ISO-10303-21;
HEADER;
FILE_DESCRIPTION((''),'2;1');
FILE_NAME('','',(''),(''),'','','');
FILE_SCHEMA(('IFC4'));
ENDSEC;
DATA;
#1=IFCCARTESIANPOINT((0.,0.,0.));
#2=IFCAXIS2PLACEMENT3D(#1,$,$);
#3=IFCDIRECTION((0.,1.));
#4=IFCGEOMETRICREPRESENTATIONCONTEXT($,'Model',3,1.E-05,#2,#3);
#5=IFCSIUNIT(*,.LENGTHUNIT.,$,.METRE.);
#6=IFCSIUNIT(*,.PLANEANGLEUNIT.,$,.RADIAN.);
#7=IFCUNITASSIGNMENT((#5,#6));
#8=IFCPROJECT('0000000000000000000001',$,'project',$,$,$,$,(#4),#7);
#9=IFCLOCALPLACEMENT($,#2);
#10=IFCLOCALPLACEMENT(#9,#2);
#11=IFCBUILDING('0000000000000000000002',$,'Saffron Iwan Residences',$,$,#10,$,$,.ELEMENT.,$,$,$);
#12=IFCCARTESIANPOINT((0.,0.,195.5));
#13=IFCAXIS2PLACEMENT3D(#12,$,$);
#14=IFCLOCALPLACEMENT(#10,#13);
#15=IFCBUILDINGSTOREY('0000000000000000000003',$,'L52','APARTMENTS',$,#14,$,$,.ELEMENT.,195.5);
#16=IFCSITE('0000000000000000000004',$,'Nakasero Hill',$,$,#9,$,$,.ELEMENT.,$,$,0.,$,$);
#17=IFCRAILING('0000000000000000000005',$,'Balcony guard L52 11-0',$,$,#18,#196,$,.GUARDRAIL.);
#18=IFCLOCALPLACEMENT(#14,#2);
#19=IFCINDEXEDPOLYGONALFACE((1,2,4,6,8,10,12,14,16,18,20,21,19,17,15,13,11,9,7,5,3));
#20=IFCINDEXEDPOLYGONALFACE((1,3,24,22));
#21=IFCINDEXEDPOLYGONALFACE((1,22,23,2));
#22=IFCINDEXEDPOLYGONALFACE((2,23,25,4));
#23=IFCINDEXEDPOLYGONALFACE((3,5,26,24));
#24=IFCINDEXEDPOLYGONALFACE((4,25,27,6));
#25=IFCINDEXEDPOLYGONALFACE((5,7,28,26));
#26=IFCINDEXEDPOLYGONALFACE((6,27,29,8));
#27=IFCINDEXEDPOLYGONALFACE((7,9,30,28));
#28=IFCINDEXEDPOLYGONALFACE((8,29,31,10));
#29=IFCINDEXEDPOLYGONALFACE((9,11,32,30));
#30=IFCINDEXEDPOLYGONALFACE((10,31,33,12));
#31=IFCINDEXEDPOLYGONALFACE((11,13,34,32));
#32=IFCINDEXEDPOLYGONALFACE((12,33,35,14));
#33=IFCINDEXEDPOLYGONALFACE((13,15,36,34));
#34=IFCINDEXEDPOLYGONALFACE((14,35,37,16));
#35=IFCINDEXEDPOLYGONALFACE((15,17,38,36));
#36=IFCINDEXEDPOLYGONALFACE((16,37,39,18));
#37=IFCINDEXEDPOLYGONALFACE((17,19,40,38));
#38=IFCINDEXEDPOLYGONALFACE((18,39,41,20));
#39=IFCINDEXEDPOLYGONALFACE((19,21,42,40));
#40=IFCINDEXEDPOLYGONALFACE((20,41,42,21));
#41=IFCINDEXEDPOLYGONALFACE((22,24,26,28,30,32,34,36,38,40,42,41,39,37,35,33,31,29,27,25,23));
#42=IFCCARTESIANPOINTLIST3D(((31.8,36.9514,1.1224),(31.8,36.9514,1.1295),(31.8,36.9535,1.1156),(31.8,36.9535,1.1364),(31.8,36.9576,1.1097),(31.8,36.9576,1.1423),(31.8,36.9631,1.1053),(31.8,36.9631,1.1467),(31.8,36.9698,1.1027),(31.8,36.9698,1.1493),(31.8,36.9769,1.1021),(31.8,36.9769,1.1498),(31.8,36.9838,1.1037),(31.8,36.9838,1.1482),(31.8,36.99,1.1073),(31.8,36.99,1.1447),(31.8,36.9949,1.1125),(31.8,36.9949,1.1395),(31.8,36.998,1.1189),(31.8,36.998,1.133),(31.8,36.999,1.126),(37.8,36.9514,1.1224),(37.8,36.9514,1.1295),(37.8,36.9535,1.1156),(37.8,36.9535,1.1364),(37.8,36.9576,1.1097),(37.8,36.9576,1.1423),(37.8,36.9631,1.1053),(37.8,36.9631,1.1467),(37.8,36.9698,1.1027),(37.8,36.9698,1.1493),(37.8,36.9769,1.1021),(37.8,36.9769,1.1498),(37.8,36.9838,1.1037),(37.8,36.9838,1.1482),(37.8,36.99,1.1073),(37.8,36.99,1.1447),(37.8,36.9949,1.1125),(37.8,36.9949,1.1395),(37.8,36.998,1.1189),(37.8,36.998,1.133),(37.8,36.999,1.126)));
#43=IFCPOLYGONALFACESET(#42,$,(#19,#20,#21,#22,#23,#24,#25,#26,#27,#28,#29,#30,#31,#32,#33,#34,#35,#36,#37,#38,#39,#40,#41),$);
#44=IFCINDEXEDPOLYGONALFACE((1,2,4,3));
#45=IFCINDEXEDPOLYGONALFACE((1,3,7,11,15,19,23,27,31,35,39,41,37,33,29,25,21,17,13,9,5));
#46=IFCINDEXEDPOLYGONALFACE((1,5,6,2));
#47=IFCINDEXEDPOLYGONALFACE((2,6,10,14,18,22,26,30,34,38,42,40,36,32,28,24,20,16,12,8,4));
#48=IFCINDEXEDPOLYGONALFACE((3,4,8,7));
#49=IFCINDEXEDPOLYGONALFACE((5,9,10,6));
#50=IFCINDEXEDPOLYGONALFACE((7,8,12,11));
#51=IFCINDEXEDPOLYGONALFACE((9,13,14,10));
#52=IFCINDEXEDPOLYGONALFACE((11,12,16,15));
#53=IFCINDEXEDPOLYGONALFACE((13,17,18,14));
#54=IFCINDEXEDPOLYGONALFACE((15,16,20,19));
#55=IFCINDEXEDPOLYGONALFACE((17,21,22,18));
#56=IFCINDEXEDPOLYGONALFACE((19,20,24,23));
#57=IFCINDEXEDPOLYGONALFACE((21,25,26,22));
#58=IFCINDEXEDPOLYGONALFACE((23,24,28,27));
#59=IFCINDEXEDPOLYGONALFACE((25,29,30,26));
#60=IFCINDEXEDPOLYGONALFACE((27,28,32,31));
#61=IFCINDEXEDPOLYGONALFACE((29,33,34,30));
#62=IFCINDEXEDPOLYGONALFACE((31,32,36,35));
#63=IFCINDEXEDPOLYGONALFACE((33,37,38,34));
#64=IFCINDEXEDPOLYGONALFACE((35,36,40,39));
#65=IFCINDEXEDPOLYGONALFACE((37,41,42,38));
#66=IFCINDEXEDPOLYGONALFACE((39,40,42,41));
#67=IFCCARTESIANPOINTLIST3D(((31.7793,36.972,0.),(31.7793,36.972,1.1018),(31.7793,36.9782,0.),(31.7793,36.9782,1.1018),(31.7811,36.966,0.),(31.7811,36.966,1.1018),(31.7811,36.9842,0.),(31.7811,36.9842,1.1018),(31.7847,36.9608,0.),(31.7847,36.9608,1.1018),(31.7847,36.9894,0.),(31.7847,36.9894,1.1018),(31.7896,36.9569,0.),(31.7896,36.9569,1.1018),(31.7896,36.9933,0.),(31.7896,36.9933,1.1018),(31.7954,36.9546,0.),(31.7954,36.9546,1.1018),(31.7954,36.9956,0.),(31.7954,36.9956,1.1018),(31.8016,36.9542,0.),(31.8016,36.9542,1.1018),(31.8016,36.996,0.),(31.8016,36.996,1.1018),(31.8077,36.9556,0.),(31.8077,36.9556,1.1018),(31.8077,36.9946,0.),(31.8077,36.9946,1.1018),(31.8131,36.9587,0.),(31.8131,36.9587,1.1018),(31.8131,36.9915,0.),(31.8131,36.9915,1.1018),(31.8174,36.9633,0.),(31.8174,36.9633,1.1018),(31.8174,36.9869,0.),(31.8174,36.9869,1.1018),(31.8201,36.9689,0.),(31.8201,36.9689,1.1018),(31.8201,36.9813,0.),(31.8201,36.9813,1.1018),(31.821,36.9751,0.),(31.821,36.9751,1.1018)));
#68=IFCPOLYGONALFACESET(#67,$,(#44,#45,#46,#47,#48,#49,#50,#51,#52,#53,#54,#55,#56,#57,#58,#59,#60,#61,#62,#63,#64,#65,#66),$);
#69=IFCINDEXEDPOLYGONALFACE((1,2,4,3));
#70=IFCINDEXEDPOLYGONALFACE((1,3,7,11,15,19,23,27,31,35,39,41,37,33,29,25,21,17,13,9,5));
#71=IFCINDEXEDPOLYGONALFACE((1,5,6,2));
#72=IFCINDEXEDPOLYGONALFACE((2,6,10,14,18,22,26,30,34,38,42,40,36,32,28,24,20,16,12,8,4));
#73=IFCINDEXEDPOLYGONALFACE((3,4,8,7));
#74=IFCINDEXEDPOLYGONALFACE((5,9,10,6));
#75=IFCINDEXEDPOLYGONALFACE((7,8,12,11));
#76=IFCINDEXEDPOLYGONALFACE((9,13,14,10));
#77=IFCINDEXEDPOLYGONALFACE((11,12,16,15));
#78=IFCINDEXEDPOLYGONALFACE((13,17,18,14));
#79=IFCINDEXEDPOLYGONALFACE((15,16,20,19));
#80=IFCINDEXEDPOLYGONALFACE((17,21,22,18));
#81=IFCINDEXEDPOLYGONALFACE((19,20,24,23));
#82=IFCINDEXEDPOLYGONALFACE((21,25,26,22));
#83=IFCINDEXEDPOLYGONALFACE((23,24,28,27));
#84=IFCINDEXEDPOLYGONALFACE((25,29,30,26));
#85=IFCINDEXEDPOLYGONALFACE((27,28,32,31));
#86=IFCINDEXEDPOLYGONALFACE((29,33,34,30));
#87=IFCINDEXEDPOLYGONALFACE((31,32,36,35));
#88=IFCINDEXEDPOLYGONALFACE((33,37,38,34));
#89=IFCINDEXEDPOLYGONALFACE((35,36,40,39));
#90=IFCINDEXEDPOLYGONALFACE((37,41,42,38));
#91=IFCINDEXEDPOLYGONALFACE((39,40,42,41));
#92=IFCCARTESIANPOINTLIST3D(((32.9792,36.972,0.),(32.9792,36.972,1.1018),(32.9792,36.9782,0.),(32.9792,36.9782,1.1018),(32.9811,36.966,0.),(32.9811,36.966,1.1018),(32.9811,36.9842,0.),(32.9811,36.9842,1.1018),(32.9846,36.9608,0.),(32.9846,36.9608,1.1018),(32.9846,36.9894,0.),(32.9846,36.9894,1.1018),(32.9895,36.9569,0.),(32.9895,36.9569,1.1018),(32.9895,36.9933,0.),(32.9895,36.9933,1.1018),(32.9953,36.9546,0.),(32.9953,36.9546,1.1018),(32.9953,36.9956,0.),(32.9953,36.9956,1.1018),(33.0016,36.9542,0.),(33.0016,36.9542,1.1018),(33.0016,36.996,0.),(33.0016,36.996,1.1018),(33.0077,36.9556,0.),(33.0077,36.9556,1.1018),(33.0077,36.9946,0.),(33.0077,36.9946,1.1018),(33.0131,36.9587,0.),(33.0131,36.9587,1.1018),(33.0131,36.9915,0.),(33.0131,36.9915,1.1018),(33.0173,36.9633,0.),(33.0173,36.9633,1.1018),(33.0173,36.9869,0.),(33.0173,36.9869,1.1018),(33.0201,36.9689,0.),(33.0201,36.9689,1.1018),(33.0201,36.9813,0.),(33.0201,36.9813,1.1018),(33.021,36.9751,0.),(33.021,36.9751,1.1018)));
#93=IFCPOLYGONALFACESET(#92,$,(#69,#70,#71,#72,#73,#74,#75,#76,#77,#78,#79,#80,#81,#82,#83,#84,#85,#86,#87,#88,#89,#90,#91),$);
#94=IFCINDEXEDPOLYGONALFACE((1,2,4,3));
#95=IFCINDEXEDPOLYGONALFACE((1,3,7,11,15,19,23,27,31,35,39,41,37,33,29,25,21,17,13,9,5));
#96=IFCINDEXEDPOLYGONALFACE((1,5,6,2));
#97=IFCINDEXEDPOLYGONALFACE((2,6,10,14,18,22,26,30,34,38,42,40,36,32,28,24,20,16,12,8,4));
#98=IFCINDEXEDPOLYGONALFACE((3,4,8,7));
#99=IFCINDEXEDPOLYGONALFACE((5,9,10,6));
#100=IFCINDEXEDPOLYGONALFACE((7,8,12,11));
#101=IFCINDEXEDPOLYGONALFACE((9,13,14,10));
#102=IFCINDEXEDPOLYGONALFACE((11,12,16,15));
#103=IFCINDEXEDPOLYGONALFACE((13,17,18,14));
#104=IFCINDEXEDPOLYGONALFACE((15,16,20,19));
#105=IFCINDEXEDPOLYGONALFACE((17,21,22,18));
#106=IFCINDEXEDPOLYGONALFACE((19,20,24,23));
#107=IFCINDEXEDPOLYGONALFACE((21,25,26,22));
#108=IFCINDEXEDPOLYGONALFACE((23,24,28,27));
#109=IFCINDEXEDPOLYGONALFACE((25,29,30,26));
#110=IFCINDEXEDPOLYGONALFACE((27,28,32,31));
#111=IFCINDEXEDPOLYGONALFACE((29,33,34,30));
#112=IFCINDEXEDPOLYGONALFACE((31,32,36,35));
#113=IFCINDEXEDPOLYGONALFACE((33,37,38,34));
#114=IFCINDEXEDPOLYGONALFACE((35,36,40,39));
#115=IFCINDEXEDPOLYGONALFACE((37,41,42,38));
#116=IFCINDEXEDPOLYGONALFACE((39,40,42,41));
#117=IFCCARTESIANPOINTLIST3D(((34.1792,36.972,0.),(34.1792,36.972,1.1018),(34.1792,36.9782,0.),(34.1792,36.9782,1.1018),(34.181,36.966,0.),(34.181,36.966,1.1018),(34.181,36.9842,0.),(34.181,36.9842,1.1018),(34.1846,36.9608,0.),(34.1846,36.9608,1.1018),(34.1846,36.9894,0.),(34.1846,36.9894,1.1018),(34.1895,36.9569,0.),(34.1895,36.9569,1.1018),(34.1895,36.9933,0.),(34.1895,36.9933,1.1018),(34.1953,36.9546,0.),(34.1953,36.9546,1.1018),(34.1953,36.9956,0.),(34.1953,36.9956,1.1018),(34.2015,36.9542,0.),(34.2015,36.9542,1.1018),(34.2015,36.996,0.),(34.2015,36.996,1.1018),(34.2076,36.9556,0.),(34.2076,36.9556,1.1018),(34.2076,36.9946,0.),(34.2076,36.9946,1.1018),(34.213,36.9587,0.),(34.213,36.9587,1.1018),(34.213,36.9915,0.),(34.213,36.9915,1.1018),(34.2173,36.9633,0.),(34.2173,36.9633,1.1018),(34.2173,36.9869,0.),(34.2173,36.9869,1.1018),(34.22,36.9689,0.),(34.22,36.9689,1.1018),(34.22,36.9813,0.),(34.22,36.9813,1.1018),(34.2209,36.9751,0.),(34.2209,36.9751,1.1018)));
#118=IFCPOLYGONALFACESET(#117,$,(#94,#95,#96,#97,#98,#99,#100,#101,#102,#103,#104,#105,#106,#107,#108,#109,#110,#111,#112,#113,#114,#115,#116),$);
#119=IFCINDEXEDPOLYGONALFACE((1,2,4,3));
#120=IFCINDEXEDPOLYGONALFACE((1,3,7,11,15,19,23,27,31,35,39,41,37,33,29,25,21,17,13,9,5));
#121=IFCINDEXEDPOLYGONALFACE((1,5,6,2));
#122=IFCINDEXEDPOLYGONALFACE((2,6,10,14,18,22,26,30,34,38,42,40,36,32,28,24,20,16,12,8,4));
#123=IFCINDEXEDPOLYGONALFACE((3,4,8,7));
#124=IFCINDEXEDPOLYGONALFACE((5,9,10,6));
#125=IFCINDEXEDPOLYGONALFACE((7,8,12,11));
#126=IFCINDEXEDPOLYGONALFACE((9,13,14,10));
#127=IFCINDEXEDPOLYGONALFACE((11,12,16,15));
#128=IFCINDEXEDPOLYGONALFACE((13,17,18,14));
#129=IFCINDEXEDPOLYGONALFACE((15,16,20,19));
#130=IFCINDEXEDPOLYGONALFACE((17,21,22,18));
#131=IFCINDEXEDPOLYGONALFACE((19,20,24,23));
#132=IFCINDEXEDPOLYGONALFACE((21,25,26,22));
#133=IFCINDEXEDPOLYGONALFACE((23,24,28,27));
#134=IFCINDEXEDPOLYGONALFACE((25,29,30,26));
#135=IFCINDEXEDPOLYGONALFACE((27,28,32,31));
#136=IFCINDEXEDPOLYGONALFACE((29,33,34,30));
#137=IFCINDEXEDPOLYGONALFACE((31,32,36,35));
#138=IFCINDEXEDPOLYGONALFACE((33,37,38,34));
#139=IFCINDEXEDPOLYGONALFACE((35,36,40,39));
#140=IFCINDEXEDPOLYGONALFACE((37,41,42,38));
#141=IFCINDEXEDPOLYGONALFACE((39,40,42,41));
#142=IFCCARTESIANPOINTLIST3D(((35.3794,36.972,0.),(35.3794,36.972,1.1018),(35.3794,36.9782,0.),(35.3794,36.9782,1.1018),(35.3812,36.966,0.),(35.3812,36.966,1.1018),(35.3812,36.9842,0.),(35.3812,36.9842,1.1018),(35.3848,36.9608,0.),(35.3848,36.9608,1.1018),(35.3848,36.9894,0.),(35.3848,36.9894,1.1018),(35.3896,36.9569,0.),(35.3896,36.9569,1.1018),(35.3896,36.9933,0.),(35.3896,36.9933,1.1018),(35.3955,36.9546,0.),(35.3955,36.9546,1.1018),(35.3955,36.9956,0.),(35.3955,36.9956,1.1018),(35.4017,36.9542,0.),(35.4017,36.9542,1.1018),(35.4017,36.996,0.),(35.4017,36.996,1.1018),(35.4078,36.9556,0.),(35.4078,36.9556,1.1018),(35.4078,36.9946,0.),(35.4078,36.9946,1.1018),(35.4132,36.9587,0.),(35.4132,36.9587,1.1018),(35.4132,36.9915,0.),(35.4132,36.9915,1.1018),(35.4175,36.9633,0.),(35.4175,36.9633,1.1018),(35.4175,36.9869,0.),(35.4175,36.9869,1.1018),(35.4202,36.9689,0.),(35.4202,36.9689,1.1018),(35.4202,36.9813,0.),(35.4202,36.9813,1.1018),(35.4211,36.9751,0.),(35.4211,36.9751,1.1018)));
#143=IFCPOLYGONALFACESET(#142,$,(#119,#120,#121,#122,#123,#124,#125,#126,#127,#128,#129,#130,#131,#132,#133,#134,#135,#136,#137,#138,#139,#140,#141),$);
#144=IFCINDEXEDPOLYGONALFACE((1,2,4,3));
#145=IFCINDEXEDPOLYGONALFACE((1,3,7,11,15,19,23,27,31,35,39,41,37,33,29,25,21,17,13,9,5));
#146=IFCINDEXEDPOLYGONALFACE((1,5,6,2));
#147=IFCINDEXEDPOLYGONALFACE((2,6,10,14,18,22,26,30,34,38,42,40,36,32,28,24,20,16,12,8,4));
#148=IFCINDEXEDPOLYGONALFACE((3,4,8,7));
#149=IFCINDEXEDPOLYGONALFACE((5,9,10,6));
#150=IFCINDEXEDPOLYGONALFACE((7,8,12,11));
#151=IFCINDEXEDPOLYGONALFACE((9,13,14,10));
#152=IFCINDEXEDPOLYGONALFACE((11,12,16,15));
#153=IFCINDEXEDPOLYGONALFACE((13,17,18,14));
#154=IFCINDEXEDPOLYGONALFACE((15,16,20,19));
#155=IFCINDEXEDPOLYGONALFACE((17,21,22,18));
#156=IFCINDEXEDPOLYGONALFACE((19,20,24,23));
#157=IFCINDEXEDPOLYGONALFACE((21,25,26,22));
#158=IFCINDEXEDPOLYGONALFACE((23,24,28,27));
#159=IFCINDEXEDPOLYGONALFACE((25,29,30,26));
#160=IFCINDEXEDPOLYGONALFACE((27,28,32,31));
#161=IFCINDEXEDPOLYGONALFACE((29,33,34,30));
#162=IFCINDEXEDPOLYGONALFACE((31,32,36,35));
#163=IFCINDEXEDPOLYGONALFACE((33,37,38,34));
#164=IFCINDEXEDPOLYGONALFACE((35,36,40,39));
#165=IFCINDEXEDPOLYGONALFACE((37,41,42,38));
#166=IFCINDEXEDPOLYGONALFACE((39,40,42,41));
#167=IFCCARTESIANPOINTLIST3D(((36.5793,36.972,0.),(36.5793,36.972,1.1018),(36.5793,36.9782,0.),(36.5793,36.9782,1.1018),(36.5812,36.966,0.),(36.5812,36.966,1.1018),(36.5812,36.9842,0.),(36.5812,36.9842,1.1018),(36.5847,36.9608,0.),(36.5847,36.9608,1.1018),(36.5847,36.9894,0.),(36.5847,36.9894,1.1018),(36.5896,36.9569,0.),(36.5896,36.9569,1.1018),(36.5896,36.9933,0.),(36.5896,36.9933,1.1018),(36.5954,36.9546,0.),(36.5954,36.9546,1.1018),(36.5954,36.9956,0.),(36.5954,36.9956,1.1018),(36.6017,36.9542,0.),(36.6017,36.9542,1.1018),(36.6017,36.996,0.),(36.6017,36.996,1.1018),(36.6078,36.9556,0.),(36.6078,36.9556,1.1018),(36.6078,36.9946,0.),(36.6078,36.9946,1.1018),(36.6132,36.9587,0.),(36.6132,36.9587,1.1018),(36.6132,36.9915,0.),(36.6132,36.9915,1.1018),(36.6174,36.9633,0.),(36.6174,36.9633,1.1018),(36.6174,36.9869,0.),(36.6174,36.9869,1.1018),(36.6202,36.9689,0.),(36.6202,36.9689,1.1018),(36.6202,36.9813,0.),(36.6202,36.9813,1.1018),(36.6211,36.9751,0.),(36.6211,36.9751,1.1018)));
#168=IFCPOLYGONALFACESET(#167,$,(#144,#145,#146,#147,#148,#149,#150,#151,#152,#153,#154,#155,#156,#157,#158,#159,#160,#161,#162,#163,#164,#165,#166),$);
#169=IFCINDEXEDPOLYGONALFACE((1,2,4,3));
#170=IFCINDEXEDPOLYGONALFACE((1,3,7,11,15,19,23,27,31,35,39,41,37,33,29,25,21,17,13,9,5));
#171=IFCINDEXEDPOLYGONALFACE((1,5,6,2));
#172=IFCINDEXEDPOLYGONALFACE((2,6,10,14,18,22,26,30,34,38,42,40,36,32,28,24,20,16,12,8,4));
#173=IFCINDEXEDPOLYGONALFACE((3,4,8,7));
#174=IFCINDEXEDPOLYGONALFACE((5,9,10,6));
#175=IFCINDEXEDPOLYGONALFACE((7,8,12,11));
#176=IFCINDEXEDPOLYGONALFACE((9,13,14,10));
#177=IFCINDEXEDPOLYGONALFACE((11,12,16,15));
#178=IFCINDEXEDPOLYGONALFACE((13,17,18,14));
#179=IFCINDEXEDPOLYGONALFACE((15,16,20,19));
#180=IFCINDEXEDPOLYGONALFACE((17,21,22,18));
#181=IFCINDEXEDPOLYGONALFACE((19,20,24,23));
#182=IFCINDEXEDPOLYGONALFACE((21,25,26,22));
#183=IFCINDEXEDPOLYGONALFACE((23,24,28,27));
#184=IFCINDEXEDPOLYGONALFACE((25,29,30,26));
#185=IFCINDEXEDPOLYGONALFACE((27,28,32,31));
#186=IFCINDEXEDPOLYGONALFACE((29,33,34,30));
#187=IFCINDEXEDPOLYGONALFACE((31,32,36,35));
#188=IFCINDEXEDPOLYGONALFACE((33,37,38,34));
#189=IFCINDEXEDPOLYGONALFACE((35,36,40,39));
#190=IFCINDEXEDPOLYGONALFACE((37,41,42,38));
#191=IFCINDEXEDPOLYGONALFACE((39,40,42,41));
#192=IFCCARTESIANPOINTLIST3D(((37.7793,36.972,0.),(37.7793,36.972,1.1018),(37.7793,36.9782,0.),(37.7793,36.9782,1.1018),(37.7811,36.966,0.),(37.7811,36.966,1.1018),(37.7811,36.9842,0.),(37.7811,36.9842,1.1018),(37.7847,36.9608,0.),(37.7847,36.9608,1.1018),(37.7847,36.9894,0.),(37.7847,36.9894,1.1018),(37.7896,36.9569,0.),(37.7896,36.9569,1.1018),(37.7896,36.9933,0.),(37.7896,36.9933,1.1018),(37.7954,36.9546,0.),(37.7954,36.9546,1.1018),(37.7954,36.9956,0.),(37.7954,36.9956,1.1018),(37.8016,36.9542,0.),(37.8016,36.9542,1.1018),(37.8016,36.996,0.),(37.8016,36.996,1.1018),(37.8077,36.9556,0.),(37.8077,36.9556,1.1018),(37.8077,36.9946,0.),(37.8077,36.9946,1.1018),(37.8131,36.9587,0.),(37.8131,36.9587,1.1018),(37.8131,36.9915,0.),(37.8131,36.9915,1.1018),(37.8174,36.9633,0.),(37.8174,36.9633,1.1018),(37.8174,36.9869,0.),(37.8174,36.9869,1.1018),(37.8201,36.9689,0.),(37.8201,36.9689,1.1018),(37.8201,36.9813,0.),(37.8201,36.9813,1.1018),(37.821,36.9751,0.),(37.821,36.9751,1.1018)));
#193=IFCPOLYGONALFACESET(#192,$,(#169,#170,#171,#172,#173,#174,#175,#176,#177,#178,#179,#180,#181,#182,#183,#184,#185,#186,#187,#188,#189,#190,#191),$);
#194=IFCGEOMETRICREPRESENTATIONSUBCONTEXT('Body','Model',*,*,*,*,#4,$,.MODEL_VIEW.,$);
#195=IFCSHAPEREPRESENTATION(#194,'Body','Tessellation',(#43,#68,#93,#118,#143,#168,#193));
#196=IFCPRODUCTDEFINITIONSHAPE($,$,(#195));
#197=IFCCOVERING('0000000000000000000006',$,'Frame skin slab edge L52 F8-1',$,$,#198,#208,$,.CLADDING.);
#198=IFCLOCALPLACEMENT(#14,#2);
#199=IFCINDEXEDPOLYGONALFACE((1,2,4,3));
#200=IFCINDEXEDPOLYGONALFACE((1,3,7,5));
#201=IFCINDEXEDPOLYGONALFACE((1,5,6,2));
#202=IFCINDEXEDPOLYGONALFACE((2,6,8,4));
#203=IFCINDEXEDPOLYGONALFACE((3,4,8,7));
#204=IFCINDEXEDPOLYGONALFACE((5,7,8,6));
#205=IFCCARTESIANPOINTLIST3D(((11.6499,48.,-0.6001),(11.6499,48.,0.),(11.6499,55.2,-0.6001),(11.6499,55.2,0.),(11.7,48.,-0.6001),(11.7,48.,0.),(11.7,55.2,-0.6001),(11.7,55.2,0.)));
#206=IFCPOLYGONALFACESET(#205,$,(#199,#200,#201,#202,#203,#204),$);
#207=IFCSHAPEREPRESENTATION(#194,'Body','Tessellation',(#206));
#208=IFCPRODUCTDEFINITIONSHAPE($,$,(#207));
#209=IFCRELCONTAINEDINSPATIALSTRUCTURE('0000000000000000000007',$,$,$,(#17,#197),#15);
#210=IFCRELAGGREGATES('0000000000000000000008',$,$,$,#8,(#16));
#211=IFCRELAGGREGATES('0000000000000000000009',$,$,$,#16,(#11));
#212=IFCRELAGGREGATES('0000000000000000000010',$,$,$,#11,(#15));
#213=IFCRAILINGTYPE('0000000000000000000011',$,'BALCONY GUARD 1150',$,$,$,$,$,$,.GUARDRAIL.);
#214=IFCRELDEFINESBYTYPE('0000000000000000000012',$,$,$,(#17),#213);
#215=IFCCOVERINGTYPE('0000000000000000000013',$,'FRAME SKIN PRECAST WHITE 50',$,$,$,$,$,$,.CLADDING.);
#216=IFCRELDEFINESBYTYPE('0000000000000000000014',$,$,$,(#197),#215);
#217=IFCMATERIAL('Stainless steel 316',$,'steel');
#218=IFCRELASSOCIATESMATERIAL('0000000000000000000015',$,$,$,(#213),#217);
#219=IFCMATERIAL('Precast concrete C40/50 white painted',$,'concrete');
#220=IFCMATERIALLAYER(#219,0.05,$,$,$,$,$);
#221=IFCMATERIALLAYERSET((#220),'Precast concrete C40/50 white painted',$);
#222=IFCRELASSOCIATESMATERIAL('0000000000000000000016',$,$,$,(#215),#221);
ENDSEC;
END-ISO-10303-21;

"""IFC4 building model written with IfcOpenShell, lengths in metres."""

from ifc_helpers import new_model, si_unit, direction, frame, origin, origin_2d, place, context, subcontext, project, spatial, polyline, circle, outline, extrude, material, layer, layer_set, type_object, element, save


model = new_model("IFC4")

# Units and contexts
model_context = context("Model", 3, precision=1e-05, world=origin(), true_north=direction((0.0, 1.0)))
body_context = subcontext(model_context, "Body", "Model", "MODEL_VIEW")
ifc_project = project(units=[si_unit("LENGTHUNIT", "METRE"), si_unit("PLANEANGLEUNIT", "RADIAN")], contexts=[model_context])

# Site, building, storey
site_placement = place(None, origin())
site = spatial("IfcSite", under=ifc_project, at=site_placement, Name="Nakasero Hill", CompositionType="ELEMENT", RefElevation=0.0)
building_placement = place(site_placement, origin())
building = spatial("IfcBuilding", under=site, at=building_placement, Name="Saffron Iwan Residences", CompositionType="ELEMENT")
storey_placement = place(building_placement, frame((0.0, 0.0, 195.5)))
storey = spatial("IfcBuildingStorey", under=building, at=storey_placement, Name="L52", Description="APARTMENTS", CompositionType="ELEMENT", Elevation=195.5)

# Railing
ifc_material_1 = material(Name="Stainless steel 316", Category="steel")
railing_type = type_object("IfcRailingType", Name="BALCONY GUARD 1150", PredefinedType="GUARDRAIL", material=ifc_material_1)
railing_placement = place(storey_placement, frame((31.8, 36.9751, 0.0)))
element("IfcRailing", 1, at=railing_placement, inside=storey, type_object=railing_type, Name="Balcony guard L52 11-0", PredefinedType="GUARDRAIL", context=body_context, shape_type="SweptSolid", body=[
    extrude(circle(Radius=0.0239, at=origin_2d()), frame((0.0, 0.0, 1.126), z_axis=(1.0, 0.0, 0.0), x_axis=(0.0, 1.0, 0.0)), (0.0, 0.0, 1.0), 6.0),
    extrude(circle(Radius=0.021, at=origin_2d()), origin(), (0.0, 0.0, 1.0), 1.1018),
    extrude(circle(Radius=0.021, at=origin_2d()), frame((1.2, 0.0, 0.0)), (0.0, 0.0, 1.0), 1.1018),
    extrude(circle(Radius=0.021, at=origin_2d()), frame((2.3999, 0.0, 0.0)), (0.0, 0.0, 1.0), 1.1018),
    extrude(circle(Radius=0.021, at=origin_2d()), frame((3.6001, 0.0, 0.0)), (0.0, 0.0, 1.0), 1.1018),
    extrude(circle(Radius=0.021, at=origin_2d()), frame((4.8, 0.0, 0.0)), (0.0, 0.0, 1.0), 1.1018),
    extrude(circle(Radius=0.021, at=origin_2d()), frame((6.0, 0.0, 0.0)), (0.0, 0.0, 1.0), 1.1018),
])

# Covering
ifc_material_2 = material(Name="Precast concrete C40/50 white painted", Category="concrete")
ifc_layer_1 = layer(ifc_material_2, 0.05)
ifc_layer_set_1 = layer_set([ifc_layer_1], Name="Precast concrete C40/50 white painted")
covering_type = type_object("IfcCoveringType", Name="FRAME SKIN PRECAST WHITE 50", PredefinedType="CLADDING", material=ifc_layer_set_1)
for number, where, name in (
    (2, (0.0, 0.0, -0.6001), "Frame skin slab edge L52 F8-1"),
):
    element("IfcCovering", number, at=place(storey_placement, frame(where)), inside=storey, type_object=covering_type, Name=name, PredefinedType="CLADDING", context=body_context, shape_type="SweptSolid", body=[
        extrude(outline(polyline([(11.6499, 55.2), (11.6499, 48.0), (11.7, 48.0), (11.7, 55.2), (11.6499, 55.2)])), origin(), (0.0, 0.0, 1.0), 0.6001),
    ])

save(model, "model.ifc")
